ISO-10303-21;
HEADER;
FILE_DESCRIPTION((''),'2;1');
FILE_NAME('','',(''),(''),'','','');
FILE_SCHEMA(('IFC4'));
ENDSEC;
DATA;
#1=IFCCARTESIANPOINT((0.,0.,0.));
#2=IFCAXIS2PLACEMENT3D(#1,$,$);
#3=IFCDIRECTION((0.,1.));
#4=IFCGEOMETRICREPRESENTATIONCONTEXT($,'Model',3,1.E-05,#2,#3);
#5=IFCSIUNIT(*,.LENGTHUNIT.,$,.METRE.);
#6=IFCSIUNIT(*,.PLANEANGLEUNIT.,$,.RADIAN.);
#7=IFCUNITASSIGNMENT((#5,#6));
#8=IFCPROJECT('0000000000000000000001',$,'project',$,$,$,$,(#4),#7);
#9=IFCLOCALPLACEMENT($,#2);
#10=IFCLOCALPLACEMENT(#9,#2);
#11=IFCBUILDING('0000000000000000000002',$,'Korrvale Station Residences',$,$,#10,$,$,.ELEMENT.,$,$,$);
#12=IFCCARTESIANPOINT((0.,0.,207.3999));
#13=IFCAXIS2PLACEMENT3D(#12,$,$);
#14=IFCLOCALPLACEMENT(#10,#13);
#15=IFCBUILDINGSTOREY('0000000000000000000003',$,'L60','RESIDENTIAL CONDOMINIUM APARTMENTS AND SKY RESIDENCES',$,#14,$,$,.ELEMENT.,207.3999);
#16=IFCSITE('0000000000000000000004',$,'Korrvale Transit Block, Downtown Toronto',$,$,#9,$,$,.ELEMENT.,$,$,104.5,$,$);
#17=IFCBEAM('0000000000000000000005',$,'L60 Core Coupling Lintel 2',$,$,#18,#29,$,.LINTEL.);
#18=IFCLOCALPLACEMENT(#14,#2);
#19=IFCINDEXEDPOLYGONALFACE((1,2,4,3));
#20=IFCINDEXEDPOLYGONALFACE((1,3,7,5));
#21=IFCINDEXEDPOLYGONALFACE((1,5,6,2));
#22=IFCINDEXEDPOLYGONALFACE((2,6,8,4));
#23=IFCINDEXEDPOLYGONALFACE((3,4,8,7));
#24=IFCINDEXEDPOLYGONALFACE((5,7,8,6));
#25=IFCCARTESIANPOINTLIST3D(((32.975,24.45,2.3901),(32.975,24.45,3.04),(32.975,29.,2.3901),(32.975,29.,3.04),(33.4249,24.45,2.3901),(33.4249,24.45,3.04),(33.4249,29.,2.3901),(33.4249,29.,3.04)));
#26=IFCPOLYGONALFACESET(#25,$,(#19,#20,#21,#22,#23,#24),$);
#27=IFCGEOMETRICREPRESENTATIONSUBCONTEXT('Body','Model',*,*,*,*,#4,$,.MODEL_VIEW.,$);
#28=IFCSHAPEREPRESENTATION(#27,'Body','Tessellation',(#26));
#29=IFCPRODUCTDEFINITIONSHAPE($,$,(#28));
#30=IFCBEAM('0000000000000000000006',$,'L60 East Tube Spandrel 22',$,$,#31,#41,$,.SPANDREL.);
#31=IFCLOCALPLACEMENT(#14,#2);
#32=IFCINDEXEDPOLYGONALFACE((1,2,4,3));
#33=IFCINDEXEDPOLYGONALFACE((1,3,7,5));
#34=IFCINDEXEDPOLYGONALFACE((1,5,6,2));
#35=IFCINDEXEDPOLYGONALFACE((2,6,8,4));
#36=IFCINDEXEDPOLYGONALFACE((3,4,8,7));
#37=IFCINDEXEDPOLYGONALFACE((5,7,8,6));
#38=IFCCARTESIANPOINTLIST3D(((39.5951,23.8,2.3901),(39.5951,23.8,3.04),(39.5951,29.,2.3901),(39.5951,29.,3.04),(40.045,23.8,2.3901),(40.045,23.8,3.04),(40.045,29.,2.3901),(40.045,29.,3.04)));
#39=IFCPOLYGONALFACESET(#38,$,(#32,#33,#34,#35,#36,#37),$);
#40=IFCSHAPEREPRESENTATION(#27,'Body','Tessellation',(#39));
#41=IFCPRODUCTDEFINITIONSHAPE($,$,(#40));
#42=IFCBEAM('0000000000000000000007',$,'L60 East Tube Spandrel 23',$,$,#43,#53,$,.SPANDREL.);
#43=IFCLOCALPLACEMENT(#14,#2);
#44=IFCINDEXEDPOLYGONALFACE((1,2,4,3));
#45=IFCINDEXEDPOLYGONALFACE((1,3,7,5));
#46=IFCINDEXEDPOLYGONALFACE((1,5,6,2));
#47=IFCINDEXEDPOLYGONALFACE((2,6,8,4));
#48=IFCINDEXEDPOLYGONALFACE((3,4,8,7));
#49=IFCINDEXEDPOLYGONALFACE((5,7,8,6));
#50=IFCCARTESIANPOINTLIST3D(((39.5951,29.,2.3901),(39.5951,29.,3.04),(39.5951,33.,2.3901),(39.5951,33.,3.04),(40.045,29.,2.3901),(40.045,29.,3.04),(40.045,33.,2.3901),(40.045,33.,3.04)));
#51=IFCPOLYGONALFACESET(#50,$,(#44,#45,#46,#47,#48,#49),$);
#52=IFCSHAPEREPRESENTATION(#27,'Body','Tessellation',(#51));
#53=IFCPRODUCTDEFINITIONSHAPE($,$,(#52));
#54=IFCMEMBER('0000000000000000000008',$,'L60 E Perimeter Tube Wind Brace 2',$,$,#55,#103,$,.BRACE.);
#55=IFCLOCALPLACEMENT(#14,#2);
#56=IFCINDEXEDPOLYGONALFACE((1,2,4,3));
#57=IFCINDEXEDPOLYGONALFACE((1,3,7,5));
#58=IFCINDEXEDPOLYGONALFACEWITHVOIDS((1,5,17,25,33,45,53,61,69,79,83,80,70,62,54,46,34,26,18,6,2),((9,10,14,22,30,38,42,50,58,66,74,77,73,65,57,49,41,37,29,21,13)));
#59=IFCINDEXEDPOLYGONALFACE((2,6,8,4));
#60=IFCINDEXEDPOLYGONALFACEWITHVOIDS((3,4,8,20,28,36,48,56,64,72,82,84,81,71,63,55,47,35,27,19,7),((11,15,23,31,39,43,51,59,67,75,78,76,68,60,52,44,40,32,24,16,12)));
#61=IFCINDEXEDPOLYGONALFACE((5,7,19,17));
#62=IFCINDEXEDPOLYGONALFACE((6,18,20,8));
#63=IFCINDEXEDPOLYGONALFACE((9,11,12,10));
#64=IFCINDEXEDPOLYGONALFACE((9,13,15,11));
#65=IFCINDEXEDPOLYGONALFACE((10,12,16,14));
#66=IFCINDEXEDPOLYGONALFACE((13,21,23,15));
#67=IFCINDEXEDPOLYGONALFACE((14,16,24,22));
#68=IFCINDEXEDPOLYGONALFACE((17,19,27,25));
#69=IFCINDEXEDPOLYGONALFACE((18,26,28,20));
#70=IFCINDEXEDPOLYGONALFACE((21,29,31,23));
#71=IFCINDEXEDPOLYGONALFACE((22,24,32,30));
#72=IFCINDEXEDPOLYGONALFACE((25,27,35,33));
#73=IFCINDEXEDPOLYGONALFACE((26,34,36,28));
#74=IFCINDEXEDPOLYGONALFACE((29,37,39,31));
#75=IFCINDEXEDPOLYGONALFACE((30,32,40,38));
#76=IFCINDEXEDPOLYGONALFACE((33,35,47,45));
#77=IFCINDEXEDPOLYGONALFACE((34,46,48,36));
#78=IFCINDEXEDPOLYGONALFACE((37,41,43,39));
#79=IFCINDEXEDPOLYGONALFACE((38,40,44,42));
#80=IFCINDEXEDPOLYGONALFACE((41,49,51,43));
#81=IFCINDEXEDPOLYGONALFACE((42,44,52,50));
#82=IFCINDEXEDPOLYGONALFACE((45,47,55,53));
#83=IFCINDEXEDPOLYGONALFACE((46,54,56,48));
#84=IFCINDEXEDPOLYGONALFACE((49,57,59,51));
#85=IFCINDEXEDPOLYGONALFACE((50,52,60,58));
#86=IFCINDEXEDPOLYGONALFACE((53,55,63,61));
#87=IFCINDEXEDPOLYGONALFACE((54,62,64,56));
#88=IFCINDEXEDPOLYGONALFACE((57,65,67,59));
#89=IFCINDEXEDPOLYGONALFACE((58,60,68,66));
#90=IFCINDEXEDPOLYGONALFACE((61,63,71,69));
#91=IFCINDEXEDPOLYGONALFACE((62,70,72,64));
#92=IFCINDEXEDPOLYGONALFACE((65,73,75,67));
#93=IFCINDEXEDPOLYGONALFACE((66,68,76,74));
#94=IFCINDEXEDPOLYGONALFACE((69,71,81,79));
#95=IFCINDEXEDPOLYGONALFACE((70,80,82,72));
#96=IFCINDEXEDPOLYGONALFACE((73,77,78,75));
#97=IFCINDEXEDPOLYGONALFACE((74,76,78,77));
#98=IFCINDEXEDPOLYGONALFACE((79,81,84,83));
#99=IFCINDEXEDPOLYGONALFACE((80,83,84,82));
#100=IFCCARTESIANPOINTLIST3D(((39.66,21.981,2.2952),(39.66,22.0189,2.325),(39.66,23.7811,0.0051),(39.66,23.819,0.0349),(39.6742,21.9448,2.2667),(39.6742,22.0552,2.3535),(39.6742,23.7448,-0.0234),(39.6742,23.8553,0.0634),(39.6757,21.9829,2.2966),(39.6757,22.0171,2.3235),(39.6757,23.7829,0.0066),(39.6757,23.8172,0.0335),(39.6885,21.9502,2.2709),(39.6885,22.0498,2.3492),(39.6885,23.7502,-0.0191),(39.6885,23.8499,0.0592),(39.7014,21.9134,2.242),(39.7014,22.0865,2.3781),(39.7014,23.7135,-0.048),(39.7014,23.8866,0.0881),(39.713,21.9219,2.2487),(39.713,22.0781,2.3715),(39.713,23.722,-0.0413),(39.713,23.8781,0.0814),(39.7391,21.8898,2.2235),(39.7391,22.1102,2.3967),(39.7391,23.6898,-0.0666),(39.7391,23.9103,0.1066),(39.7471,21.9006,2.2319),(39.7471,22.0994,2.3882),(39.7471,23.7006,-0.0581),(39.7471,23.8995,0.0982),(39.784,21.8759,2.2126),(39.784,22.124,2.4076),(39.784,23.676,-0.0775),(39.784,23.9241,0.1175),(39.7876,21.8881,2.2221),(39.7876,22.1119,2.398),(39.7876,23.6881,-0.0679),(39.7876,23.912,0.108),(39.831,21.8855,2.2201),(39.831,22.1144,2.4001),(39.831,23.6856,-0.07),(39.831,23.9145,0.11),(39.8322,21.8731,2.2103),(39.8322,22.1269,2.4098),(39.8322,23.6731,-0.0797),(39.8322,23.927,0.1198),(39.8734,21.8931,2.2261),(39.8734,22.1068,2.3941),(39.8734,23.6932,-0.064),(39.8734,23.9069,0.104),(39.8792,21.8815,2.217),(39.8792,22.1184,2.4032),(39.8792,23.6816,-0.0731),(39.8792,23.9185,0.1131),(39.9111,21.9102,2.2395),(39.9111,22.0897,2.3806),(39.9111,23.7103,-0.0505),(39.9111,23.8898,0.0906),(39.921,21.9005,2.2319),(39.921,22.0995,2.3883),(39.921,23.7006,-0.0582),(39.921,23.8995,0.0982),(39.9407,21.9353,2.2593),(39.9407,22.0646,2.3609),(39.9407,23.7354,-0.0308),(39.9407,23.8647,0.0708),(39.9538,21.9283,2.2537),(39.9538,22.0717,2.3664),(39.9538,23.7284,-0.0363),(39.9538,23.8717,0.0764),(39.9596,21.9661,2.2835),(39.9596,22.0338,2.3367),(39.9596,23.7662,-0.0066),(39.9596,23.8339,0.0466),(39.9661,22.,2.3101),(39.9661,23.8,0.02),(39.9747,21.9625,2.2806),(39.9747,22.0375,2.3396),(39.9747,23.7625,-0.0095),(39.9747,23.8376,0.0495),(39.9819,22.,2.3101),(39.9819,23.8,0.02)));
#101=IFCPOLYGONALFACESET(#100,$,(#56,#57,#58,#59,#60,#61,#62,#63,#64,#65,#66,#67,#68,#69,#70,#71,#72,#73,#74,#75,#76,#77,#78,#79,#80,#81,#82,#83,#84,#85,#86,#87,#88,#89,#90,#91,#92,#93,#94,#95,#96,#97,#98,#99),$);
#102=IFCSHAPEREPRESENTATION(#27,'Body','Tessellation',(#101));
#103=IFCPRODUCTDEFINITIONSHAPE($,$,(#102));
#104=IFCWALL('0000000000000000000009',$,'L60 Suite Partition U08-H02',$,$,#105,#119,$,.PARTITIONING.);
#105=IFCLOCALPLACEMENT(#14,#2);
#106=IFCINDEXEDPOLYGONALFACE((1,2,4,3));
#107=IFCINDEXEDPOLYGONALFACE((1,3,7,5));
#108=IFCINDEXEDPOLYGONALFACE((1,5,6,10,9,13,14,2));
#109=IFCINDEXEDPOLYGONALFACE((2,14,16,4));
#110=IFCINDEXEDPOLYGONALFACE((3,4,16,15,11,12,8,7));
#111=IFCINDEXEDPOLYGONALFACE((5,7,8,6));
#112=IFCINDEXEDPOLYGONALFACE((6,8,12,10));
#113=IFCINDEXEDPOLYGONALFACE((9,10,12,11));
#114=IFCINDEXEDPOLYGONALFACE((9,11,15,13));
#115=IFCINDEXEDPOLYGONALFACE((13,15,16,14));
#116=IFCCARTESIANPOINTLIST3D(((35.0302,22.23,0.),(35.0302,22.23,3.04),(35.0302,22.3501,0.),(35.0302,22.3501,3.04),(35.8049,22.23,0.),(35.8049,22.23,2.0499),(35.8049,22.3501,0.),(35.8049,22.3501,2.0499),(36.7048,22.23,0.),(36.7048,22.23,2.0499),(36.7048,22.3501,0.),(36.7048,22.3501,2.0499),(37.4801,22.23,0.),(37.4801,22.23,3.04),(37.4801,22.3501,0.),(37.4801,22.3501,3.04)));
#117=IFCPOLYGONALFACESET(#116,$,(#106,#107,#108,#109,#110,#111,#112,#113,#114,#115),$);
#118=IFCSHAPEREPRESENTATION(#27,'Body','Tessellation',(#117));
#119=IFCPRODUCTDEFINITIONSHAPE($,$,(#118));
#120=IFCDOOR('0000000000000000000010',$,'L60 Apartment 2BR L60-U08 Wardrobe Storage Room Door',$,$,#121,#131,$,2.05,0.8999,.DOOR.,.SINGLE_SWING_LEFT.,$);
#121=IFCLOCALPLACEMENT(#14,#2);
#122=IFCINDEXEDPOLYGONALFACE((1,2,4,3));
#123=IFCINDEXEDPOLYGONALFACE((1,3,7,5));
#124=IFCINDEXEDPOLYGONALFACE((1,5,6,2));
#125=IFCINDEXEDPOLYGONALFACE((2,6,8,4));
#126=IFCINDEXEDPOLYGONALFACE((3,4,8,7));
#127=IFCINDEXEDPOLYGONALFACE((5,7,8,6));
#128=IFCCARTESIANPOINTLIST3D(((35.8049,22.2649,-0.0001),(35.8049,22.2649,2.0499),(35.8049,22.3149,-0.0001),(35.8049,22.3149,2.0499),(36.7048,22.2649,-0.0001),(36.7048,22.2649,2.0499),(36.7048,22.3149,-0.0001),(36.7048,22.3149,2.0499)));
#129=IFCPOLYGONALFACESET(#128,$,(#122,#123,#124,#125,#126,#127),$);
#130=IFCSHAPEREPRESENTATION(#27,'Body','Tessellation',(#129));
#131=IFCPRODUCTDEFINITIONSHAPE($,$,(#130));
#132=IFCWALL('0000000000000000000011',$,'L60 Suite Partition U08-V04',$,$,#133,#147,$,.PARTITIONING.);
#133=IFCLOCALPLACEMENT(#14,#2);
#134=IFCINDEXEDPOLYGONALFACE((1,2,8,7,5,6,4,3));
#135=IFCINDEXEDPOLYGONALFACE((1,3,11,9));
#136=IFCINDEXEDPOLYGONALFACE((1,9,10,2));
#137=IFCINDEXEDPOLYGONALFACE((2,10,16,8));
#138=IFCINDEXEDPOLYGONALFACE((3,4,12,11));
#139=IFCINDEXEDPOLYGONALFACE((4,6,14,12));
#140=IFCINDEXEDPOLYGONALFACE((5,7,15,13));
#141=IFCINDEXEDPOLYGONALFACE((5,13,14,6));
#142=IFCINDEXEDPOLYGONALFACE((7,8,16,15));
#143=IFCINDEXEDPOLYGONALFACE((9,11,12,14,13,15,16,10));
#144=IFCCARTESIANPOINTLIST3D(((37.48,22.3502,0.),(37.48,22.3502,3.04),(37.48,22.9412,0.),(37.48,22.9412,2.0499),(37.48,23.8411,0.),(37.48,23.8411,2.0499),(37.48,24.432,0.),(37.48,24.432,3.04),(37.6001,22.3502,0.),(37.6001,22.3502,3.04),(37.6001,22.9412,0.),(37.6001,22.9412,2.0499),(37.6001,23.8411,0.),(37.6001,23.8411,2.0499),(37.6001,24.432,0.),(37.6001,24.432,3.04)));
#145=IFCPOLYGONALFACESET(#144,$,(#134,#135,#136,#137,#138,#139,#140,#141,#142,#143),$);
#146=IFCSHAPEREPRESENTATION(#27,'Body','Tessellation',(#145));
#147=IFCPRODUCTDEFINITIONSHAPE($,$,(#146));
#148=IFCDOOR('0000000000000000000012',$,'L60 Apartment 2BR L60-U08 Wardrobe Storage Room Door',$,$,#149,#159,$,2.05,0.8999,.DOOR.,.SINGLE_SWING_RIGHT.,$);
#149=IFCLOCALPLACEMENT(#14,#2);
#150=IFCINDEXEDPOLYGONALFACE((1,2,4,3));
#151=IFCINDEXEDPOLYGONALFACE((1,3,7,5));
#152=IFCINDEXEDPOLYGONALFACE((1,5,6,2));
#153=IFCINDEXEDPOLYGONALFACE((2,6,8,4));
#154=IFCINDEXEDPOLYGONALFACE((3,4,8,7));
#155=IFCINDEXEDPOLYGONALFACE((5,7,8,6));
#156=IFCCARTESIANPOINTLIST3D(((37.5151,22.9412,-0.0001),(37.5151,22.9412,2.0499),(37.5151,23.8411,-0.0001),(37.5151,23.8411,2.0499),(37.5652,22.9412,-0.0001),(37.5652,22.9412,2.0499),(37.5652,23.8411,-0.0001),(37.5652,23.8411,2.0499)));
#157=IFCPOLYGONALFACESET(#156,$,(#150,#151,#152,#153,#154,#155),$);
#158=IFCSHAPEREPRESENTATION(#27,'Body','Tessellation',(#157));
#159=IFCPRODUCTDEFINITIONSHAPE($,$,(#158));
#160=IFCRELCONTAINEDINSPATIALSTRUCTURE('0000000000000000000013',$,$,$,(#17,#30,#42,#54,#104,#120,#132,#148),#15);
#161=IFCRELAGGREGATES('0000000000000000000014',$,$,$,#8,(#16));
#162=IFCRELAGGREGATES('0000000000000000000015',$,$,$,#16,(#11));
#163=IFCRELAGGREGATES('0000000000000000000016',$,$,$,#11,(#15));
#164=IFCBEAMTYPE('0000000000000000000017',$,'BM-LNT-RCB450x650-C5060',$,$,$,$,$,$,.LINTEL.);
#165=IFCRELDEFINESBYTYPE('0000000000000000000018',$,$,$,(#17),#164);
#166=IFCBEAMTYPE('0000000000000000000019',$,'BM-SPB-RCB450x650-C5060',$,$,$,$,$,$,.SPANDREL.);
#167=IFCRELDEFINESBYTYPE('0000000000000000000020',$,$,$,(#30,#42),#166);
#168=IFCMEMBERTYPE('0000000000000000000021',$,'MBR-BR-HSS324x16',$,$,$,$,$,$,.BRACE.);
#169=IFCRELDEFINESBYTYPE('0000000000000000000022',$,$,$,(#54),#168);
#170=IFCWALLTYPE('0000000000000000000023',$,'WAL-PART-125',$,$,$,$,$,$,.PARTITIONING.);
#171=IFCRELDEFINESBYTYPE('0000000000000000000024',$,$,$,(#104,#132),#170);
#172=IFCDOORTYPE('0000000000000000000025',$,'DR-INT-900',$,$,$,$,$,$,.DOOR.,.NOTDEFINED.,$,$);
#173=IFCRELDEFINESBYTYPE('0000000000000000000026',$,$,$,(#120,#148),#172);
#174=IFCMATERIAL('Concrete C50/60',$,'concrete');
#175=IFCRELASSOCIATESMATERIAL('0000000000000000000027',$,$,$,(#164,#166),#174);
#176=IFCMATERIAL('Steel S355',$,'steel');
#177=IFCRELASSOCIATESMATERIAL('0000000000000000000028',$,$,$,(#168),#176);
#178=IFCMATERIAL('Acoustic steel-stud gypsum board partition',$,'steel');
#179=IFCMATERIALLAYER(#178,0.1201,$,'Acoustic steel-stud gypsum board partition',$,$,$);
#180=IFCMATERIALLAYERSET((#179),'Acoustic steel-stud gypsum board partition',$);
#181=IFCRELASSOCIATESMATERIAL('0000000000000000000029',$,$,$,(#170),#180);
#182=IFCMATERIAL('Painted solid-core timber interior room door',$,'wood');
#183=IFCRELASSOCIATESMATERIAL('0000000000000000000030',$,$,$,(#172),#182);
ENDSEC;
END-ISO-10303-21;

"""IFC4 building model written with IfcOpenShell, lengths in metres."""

from ifc_helpers import new_model, si_unit, direction, frame, frame_2d, origin, origin_2d, place, context, subcontext, project, spatial, rectangle, hollow_circle, extrude, material, layer, layer_set, material_profile, profile_set, type_object, element, fill, save


model = new_model("IFC4")

# Units and contexts
model_context = context("Model", 3, precision=1e-05, world=origin(), true_north=direction((0.0, 1.0)))
body_context = subcontext(model_context, "Body", "Model", "MODEL_VIEW")
ifc_project = project(units=[si_unit("LENGTHUNIT", "METRE"), si_unit("PLANEANGLEUNIT", "RADIAN")], contexts=[model_context])

# Site, building, storey
site_placement = place(None, origin())
site = spatial("IfcSite", under=ifc_project, at=site_placement, Name="Korrvale Transit Block, Downtown Toronto", CompositionType="ELEMENT", RefElevation=104.5)
building_placement = place(site_placement, origin())
building = spatial("IfcBuilding", under=site, at=building_placement, Name="Korrvale Station Residences", CompositionType="ELEMENT")
storey_placement = place(building_placement, frame((0.0, 0.0, 207.3999)))
storey = spatial("IfcBuildingStorey", under=building, at=storey_placement, Name="L60", Description="RESIDENTIAL CONDOMINIUM APARTMENTS AND SKY RESIDENCES", CompositionType="ELEMENT", Elevation=207.3999)

# Shared definitions
ifc_material_1 = material(Name="Concrete C50/60", Category="concrete")

# Beams
ifc_material_2 = material(Name="Steel S355", Category="steel")
ifc_material_profile_1 = material_profile(ifc_material_1, rectangle(XDim=0.45, YDim=0.6499, at=origin_2d()), Name="RCB450x650")
ifc_profile_set_1 = profile_set([ifc_material_profile_1], Name="Concrete C50/60")
beam_type_1 = type_object("IfcBeamType", Name="BM-LNT-RCB450x650-C5060", PredefinedType="LINTEL", material=ifc_profile_set_1)
beam_1_placement = place(storey_placement, frame((33.2, 24.45, 2.7151), z_axis=(0.0, 1.0, 0.0), x_axis=(-1.0, 0.0, 0.0)))
element("IfcBeam", 1, at=beam_1_placement, inside=storey, type_object=beam_type_1, Name="L60 Core Coupling Lintel 2", PredefinedType="LINTEL", context=body_context, shape_type="SweptSolid", body=[
    extrude(rectangle(XDim=0.45, YDim=0.6499, at=origin_2d()), origin(), (0.0, 0.0, 1.0), 4.55),
])
ifc_material_profile_2 = material_profile(ifc_material_1, rectangle(XDim=0.45, YDim=0.6499, at=origin_2d()), Name="RCB450x650")
ifc_profile_set_2 = profile_set([ifc_material_profile_2], Name="Concrete C50/60")
beam_type_2 = type_object("IfcBeamType", Name="BM-SPB-RCB450x650-C5060", PredefinedType="SPANDREL", material=ifc_profile_set_2)
beam_2_placement = place(storey_placement, frame((39.8201, 23.8, 2.7151), z_axis=(0.0, 1.0, 0.0), x_axis=(-1.0, 0.0, 0.0)))
element("IfcBeam", 2, at=beam_2_placement, inside=storey, type_object=beam_type_2, Name="L60 East Tube Spandrel 22", PredefinedType="SPANDREL", context=body_context, shape_type="SweptSolid", body=[
    extrude(rectangle(XDim=0.45, YDim=0.6499, at=origin_2d()), origin(), (0.0, 0.0, 1.0), 5.2),
])
beam_3_placement = place(storey_placement, frame((39.8201, 29.0, 2.7151), z_axis=(0.0, 1.0, 0.0), x_axis=(-1.0, 0.0, 0.0)))
element("IfcBeam", 3, at=beam_3_placement, inside=storey, type_object=beam_type_2, Name="L60 East Tube Spandrel 23", PredefinedType="SPANDREL", context=body_context, shape_type="SweptSolid", body=[
    extrude(rectangle(XDim=0.45, YDim=0.6499, at=origin_2d()), origin(), (0.0, 0.0, 1.0), 4.0),
])

# Member
ifc_material_profile_3 = material_profile(ifc_material_2, hollow_circle(Radius=0.1619, WallThickness=0.0159, at=origin_2d()), Name="HSS324x16")
ifc_profile_set_3 = profile_set([ifc_material_profile_3], Name="Steel S355")
member_type = type_object("IfcMemberType", Name="MBR-BR-HSS324x16", PredefinedType="BRACE", material=ifc_profile_set_3)
member_placement = place(storey_placement, frame((39.8201, 23.8, 0.02), z_axis=(0.0, -0.617977, 0.786196), x_axis=(1.0, 0.0, 0.0)))
element("IfcMember", 4, at=member_placement, inside=storey, type_object=member_type, Name="L60 E Perimeter Tube Wind Brace 2", PredefinedType="BRACE", context=body_context, shape_type="SweptSolid", body=[
    extrude(hollow_circle(Radius=0.1619, WallThickness=0.0159, at=origin_2d()), origin(), (0.0, 0.0, 1.0), 2.9128),
])

# Walls, openings, doors
ifc_material_3 = material(Name="Acoustic steel-stud gypsum board partition", Category="steel")
ifc_layer_1 = layer(ifc_material_3, 0.1201, Name="Acoustic steel-stud gypsum board partition")
ifc_layer_set_1 = layer_set([ifc_layer_1], Name="Acoustic steel-stud gypsum board partition")
wall_type_1 = type_object("IfcWallType", Name="WAL-PART-125", PredefinedType="PARTITIONING", material=ifc_layer_set_1)
wall_1_placement = place(storey_placement, frame((35.03, 22.29, 0.0), z_axis=(0.0, 0.0, 1.0), x_axis=(1.0, 0.0, 0.0)))
wall_1 = element("IfcWall", 5, at=wall_1_placement, inside=storey, type_object=wall_type_1, Name="L60 Suite Partition U08-H02", PredefinedType="PARTITIONING", context=body_context, shape_type="SweptSolid", body=[
    extrude(rectangle(XDim=2.45, YDim=0.1201, at=frame_2d((1.2251, 0.0))), origin(), (0.0, 0.0, 1.0), 3.04),
])
opening_1_placement = place(wall_1_placement, frame((0.7749, 0.0, 0.0)))
opening_1 = element("IfcOpeningElement", 6, at=opening_1_placement, cuts=wall_1, PredefinedType="OPENING", context=body_context, shape_type="SweptSolid", body=[
    extrude(rectangle(XDim=0.8999, YDim=2.05, at=frame_2d((0.45, 1.0249))), frame((0.0, 0.0701, 0.0), z_axis=(0.0, -1.0, 0.0), x_axis=(1.0, 0.0, 0.0)), (0.0, 0.0, 1.0), 0.1401),
])
ifc_material_4 = material(Name="Painted solid-core timber interior room door", Category="wood")
door_type = type_object("IfcDoorType", Name="DR-INT-900", OperationType="NOTDEFINED", PredefinedType="DOOR", material=ifc_material_4)
door_1_placement = place(opening_1_placement, origin())
door_1 = element("IfcDoor", 7, at=door_1_placement, inside=storey, type_object=door_type, Name="L60 Apartment 2BR L60-U08 Wardrobe Storage Room Door", OperationType="SINGLE_SWING_LEFT", OverallHeight=2.05, OverallWidth=0.8999, PredefinedType="DOOR", context=body_context, shape_type="SweptSolid", body=[
    extrude(rectangle(XDim=0.8999, YDim=2.05, at=frame_2d((0.45, 1.0249))), frame((0.0, 0.0249, 0.0), z_axis=(0.0, -1.0, 0.0), x_axis=(1.0, 0.0, 0.0)), (0.0, 0.0, 1.0), 0.05),
])
fill(opening_1, door_1)
wall_2_placement = place(storey_placement, frame((37.54, 22.3501, 0.0), z_axis=(0.0, 0.0, 1.0), x_axis=(0.0, 1.0, 0.0)))
wall_2 = element("IfcWall", 8, at=wall_2_placement, inside=storey, type_object=wall_type_1, Name="L60 Suite Partition U08-V04", PredefinedType="PARTITIONING", context=body_context, shape_type="SweptSolid", body=[
    extrude(rectangle(XDim=2.0818, YDim=0.1201, at=frame_2d((1.041, 0.0))), origin(), (0.0, 0.0, 1.0), 3.04),
])
opening_2_placement = place(wall_2_placement, frame((0.5911, 0.0, 0.0)))
opening_2 = element("IfcOpeningElement", 9, at=opening_2_placement, cuts=wall_2, PredefinedType="OPENING", context=body_context, shape_type="SweptSolid", body=[
    extrude(rectangle(XDim=0.8999, YDim=2.05, at=frame_2d((0.45, 1.0249))), frame((0.0, 0.0701, 0.0), z_axis=(0.0, -1.0, 0.0), x_axis=(1.0, 0.0, 0.0)), (0.0, 0.0, 1.0), 0.1401),
])
door_2_placement = place(opening_2_placement, origin())
door_2 = element("IfcDoor", 10, at=door_2_placement, inside=storey, type_object=door_type, Name="L60 Apartment 2BR L60-U08 Wardrobe Storage Room Door", OperationType="SINGLE_SWING_RIGHT", OverallHeight=2.05, OverallWidth=0.8999, PredefinedType="DOOR", context=body_context, shape_type="SweptSolid", body=[
    extrude(rectangle(XDim=0.8999, YDim=2.05, at=frame_2d((0.45, 1.0249))), frame((0.0, 0.0249, 0.0), z_axis=(0.0, -1.0, 0.0), x_axis=(1.0, 0.0, 0.0)), (0.0, 0.0, 1.0), 0.05),
])
fill(opening_2, door_2)

save(model, "model.ifc")
